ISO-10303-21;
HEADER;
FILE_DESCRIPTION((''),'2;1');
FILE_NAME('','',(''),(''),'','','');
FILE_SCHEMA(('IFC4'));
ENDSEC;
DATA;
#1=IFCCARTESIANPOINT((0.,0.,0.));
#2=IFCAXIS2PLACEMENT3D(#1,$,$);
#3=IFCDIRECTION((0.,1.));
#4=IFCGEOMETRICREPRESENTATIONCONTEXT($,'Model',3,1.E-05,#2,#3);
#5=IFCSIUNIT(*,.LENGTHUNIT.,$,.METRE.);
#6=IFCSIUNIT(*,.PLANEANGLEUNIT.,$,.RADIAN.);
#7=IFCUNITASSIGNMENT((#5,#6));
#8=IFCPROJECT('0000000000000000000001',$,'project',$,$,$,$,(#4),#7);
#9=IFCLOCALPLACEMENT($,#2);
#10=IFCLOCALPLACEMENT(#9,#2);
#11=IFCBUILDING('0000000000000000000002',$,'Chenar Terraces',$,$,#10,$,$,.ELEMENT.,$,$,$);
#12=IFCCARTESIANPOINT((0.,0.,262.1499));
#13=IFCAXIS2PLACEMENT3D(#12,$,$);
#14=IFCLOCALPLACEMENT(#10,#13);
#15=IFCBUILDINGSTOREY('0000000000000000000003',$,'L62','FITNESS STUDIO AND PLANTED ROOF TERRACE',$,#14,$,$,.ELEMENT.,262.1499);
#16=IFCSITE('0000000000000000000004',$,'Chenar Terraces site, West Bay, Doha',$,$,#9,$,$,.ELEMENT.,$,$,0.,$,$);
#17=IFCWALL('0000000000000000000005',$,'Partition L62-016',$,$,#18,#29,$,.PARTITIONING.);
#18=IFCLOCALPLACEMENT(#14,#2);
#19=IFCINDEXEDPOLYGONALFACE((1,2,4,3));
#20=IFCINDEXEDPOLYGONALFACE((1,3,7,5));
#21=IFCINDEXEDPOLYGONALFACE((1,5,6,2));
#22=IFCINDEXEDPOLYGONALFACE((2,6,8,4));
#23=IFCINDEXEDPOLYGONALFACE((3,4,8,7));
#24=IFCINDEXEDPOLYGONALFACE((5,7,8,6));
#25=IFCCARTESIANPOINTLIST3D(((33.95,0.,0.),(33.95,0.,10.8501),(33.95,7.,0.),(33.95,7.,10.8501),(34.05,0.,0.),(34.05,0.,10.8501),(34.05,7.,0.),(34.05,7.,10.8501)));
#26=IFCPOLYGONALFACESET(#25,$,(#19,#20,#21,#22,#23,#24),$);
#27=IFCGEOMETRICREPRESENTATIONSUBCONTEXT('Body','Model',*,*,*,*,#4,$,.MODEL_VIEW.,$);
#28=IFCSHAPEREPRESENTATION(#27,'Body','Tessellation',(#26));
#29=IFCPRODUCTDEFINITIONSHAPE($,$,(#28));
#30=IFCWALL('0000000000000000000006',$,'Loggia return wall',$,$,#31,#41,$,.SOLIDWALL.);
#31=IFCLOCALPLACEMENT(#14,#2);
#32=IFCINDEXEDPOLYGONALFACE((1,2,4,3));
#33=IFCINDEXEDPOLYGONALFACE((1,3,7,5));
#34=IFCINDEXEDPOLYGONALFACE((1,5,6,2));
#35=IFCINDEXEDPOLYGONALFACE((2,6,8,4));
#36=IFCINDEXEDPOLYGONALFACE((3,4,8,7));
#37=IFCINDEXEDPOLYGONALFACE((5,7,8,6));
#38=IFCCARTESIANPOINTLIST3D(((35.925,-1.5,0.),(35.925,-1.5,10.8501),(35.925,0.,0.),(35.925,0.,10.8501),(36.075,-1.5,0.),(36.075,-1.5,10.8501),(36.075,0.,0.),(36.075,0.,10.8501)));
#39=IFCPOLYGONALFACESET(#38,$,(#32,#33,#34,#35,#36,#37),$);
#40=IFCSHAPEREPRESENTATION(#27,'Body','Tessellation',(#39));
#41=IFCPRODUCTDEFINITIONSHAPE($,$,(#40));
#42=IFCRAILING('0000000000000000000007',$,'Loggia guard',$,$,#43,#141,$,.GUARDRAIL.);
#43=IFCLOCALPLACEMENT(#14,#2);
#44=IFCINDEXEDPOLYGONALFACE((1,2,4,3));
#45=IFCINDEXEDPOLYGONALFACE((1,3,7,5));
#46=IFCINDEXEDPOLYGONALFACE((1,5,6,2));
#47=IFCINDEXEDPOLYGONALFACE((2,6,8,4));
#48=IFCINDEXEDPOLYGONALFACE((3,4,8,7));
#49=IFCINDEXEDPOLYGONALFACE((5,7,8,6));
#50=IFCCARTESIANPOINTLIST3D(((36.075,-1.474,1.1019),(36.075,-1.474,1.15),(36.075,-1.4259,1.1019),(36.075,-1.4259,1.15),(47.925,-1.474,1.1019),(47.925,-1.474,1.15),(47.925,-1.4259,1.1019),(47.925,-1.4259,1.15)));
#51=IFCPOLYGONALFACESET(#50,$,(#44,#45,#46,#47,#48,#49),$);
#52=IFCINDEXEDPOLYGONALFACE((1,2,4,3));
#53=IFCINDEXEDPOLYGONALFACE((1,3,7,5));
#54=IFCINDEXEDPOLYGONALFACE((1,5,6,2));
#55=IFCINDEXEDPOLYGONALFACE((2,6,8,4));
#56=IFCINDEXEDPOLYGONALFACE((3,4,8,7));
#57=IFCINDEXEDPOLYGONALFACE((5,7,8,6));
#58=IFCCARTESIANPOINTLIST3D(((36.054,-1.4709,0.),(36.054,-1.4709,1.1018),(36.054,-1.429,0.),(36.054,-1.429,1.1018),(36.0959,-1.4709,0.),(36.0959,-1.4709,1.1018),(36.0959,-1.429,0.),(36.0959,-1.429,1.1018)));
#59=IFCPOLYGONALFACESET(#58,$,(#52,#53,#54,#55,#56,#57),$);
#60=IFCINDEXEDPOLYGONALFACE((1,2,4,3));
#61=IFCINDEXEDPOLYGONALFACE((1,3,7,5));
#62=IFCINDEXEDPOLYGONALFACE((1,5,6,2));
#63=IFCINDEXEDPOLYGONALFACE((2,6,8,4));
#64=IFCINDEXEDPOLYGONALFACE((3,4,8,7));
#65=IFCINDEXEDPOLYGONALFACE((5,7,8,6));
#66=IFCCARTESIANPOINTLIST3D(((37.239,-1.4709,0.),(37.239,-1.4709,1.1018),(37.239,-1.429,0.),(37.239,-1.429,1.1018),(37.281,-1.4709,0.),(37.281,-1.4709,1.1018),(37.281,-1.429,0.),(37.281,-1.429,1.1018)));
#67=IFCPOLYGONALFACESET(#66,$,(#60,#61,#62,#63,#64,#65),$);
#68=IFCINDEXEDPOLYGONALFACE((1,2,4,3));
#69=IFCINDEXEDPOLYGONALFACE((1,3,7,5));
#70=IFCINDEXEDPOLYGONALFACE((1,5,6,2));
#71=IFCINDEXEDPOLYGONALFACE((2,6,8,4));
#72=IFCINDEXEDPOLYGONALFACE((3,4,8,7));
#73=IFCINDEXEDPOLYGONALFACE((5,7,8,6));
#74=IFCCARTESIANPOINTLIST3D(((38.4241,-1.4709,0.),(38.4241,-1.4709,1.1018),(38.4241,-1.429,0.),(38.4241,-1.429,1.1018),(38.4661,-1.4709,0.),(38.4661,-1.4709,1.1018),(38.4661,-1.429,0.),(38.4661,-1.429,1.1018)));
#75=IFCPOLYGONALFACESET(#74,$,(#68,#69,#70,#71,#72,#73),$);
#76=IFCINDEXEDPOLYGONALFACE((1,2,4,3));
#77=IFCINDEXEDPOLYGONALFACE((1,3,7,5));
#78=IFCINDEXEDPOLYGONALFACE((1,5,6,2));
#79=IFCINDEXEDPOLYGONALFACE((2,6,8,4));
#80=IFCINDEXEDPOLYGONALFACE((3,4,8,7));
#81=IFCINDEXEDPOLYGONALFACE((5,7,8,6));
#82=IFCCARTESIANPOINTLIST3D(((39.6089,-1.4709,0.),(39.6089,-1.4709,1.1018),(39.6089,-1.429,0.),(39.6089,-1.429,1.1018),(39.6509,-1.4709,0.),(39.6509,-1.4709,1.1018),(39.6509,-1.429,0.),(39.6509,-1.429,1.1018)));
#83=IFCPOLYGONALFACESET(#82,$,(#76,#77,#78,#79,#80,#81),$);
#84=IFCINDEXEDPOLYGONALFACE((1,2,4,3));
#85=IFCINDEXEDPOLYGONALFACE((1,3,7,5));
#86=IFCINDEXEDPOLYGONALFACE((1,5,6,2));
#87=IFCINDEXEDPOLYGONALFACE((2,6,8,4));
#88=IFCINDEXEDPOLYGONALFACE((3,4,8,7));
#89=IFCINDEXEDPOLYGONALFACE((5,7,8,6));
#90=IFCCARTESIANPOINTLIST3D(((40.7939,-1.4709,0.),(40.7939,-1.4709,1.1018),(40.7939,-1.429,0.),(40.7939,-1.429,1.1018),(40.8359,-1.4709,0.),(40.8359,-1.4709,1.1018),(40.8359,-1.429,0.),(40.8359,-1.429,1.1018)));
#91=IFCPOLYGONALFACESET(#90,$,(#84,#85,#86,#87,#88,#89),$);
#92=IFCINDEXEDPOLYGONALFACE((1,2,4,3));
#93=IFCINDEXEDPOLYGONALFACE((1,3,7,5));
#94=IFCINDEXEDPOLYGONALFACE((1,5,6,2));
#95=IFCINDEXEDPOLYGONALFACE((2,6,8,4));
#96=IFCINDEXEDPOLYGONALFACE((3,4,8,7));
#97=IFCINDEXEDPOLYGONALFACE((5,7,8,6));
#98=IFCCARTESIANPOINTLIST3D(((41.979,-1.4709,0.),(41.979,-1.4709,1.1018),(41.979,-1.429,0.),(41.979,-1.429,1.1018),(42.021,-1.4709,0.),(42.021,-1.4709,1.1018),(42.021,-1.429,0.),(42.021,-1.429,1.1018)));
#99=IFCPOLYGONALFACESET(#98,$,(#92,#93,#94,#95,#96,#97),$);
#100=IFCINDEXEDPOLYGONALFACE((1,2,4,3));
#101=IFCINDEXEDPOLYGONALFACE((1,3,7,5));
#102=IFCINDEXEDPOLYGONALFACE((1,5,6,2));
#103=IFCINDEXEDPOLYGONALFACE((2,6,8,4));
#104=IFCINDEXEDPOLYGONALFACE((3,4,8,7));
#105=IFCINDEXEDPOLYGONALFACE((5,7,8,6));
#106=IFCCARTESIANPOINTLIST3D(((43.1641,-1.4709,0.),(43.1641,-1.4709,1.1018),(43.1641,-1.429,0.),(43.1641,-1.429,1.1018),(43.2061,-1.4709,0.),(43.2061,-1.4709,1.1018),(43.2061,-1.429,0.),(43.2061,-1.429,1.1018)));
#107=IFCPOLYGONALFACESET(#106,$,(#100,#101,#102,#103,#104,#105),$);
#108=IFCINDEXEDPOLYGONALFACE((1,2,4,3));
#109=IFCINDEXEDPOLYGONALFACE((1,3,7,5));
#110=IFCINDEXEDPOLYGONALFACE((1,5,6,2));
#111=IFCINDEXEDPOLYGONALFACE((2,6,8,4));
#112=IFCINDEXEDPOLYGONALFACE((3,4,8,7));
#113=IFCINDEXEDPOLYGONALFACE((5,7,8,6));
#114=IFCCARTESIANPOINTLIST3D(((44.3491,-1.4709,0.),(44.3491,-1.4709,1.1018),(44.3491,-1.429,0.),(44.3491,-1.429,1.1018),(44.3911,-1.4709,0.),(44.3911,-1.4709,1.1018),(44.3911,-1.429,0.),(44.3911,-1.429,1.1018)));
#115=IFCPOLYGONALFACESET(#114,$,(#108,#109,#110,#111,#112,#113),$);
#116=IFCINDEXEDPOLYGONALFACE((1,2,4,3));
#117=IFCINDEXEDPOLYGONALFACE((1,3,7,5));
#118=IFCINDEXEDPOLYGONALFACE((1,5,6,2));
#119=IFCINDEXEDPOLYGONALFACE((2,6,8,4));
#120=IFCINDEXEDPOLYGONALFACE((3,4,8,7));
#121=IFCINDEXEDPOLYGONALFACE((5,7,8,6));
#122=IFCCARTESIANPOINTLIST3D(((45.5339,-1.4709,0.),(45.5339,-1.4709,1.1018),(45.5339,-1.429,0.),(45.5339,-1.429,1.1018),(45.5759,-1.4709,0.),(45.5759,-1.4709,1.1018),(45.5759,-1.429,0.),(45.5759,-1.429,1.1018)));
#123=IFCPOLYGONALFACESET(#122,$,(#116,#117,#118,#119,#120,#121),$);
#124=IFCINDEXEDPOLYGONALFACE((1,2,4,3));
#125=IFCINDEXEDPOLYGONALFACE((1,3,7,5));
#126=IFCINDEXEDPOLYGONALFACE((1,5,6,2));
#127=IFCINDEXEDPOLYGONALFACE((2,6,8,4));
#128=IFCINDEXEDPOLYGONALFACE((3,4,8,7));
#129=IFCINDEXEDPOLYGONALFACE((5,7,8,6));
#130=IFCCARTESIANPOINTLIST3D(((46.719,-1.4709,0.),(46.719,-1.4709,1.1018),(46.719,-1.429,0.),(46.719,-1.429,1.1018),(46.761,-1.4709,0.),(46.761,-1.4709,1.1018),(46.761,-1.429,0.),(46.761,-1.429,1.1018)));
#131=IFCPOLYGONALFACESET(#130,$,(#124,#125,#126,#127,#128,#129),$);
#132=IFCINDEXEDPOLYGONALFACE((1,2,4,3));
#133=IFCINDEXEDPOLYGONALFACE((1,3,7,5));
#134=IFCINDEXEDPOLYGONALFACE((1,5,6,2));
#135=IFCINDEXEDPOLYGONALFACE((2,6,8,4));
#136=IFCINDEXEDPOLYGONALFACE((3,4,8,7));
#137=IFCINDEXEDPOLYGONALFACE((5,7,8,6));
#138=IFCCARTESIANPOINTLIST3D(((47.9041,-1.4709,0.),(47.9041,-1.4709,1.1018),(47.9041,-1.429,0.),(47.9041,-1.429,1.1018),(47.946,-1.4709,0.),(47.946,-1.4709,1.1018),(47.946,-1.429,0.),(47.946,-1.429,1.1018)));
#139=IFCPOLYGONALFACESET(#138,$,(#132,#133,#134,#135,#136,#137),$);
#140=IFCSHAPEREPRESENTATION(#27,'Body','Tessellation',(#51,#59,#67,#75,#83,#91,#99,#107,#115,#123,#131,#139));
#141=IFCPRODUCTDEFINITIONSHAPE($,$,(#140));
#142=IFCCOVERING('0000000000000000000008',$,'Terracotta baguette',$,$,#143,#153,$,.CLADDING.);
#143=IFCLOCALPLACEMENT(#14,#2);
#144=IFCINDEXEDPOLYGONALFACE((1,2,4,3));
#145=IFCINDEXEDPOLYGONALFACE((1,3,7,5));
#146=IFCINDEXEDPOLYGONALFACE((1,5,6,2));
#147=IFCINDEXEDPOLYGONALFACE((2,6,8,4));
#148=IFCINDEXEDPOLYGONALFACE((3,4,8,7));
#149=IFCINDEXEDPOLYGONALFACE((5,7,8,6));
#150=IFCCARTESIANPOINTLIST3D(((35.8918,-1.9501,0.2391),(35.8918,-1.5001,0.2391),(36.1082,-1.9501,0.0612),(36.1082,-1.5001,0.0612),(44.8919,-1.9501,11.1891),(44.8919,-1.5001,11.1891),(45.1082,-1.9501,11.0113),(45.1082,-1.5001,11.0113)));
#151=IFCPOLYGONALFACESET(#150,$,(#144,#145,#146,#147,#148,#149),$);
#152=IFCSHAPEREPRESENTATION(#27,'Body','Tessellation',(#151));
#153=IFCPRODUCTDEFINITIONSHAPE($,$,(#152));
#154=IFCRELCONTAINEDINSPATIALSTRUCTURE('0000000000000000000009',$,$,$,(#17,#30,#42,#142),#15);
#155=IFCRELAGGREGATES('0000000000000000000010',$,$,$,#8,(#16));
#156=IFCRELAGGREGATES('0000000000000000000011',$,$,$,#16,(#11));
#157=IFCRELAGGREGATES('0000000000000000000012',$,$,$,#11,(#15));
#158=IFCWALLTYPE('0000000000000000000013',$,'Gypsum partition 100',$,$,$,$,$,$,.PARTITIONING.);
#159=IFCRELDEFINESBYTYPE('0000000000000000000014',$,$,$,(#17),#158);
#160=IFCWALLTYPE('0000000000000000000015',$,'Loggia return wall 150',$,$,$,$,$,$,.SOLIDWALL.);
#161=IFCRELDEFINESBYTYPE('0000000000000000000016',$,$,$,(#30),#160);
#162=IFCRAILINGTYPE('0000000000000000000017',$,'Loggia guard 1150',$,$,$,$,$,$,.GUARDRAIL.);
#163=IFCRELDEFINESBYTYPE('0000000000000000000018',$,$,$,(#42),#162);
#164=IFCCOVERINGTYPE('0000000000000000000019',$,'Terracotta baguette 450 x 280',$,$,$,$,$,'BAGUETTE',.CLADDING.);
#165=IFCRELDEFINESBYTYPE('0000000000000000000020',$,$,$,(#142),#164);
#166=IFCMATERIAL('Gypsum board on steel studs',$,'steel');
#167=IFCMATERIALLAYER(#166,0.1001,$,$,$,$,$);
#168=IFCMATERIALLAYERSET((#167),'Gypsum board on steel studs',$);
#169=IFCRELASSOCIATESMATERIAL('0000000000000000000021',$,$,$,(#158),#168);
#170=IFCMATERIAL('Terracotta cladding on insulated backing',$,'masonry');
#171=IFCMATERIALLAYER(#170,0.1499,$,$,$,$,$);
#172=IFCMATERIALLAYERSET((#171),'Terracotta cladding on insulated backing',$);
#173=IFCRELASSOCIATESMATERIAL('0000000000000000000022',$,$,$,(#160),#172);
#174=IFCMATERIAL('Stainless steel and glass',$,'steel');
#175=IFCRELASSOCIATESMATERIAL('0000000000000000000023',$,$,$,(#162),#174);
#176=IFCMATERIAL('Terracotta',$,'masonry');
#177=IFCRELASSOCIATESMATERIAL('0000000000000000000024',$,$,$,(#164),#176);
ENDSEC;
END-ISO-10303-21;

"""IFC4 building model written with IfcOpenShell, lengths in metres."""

from ifc_helpers import new_model, si_unit, direction, frame, frame_2d, origin, origin_2d, place, context, subcontext, project, spatial, rectangle, extrude, material, layer, layer_set, material_profile, profile_set, type_object, element, save


model = new_model("IFC4")

# Units and contexts
model_context = context("Model", 3, precision=1e-05, world=origin(), true_north=direction((0.0, 1.0)))
body_context = subcontext(model_context, "Body", "Model", "MODEL_VIEW")
ifc_project = project(units=[si_unit("LENGTHUNIT", "METRE"), si_unit("PLANEANGLEUNIT", "RADIAN")], contexts=[model_context])

# Site, building, storey
site_placement = place(None, origin())
site = spatial("IfcSite", under=ifc_project, at=site_placement, Name="Chenar Terraces site, West Bay, Doha", CompositionType="ELEMENT", RefElevation=0.0)
building_placement = place(site_placement, origin())
building = spatial("IfcBuilding", under=site, at=building_placement, Name="Chenar Terraces", CompositionType="ELEMENT")
storey_placement = place(building_placement, frame((0.0, 0.0, 262.1499)))
storey = spatial("IfcBuildingStorey", under=building, at=storey_placement, Name="L62", Description="FITNESS STUDIO AND PLANTED ROOF TERRACE", CompositionType="ELEMENT", Elevation=262.1499)

# Walls
ifc_material_1 = material(Name="Gypsum board on steel studs", Category="steel")
ifc_layer_1 = layer(ifc_material_1, 0.1001)
ifc_layer_set_1 = layer_set([ifc_layer_1], Name="Gypsum board on steel studs")
wall_type_1 = type_object("IfcWallType", Name="Gypsum partition 100", PredefinedType="PARTITIONING", material=ifc_layer_set_1)
wall_1_placement = place(storey_placement, frame((34.0, 0.0, 0.0), z_axis=(0.0, 0.0, 1.0), x_axis=(0.0, 1.0, 0.0)))
element("IfcWall", 1, at=wall_1_placement, inside=storey, type_object=wall_type_1, Name="Partition L62-016", PredefinedType="PARTITIONING", context=body_context, shape_type="SweptSolid", body=[
    extrude(rectangle(XDim=7.0, YDim=0.1001, at=frame_2d((3.5, 0.0))), origin(), (0.0, 0.0, 1.0), 10.8501),
])
ifc_material_2 = material(Name="Terracotta cladding on insulated backing", Category="masonry")
ifc_layer_2 = layer(ifc_material_2, 0.1499)
ifc_layer_set_2 = layer_set([ifc_layer_2], Name="Terracotta cladding on insulated backing")
wall_type_2 = type_object("IfcWallType", Name="Loggia return wall 150", PredefinedType="SOLIDWALL", material=ifc_layer_set_2)
wall_2_placement = place(storey_placement, frame((36.0, -1.5, 0.0), z_axis=(0.0, 0.0, 1.0), x_axis=(0.0, 1.0, 0.0)))
element("IfcWall", 2, at=wall_2_placement, inside=storey, type_object=wall_type_2, Name="Loggia return wall", PredefinedType="SOLIDWALL", context=body_context, shape_type="SweptSolid", body=[
    extrude(rectangle(XDim=1.5, YDim=0.1499, at=frame_2d((0.75, 0.0))), origin(), (0.0, 0.0, 1.0), 10.8501),
])

# Railing
ifc_material_3 = material(Name="Stainless steel and glass", Category="steel")
railing_type = type_object("IfcRailingType", Name="Loggia guard 1150", PredefinedType="GUARDRAIL", material=ifc_material_3)
railing_placement = place(storey_placement, frame((36.075, -1.45, 0.0)))
element("IfcRailing", 3, at=railing_placement, inside=storey, type_object=railing_type, Name="Loggia guard", PredefinedType="GUARDRAIL", context=body_context, shape_type="SweptSolid", body=[
    extrude(rectangle(XDim=0.0481, YDim=0.0481, at=origin_2d()), frame((0.0, 0.0, 1.126), z_axis=(1.0, 0.0, 0.0), x_axis=(0.0, 1.0, 0.0)), (0.0, 0.0, 1.0), 11.8501),
    extrude(rectangle(XDim=0.042, YDim=0.042, at=origin_2d()), origin(), (0.0, 0.0, 1.0), 1.1018),
    extrude(rectangle(XDim=0.042, YDim=0.042, at=origin_2d()), frame((1.1851, 0.0, 0.0)), (0.0, 0.0, 1.0), 1.1018),
    extrude(rectangle(XDim=0.042, YDim=0.042, at=origin_2d()), frame((2.3701, 0.0, 0.0)), (0.0, 0.0, 1.0), 1.1018),
    extrude(rectangle(XDim=0.042, YDim=0.042, at=origin_2d()), frame((3.5549, 0.0, 0.0)), (0.0, 0.0, 1.0), 1.1018),
    extrude(rectangle(XDim=0.042, YDim=0.042, at=origin_2d()), frame((4.74, 0.0, 0.0)), (0.0, 0.0, 1.0), 1.1018),
    extrude(rectangle(XDim=0.042, YDim=0.042, at=origin_2d()), frame((5.925, 0.0, 0.0)), (0.0, 0.0, 1.0), 1.1018),
    extrude(rectangle(XDim=0.042, YDim=0.042, at=origin_2d()), frame((7.1101, 0.0, 0.0)), (0.0, 0.0, 1.0), 1.1018),
    extrude(rectangle(XDim=0.042, YDim=0.042, at=origin_2d()), frame((8.2952, 0.0, 0.0)), (0.0, 0.0, 1.0), 1.1018),
    extrude(rectangle(XDim=0.042, YDim=0.042, at=origin_2d()), frame((9.48, 0.0, 0.0)), (0.0, 0.0, 1.0), 1.1018),
    extrude(rectangle(XDim=0.042, YDim=0.042, at=origin_2d()), frame((10.665, 0.0, 0.0)), (0.0, 0.0, 1.0), 1.1018),
    extrude(rectangle(XDim=0.042, YDim=0.042, at=origin_2d()), frame((11.8501, 0.0, 0.0)), (0.0, 0.0, 1.0), 1.1018),
])

# Covering
ifc_material_4 = material(Name="Terracotta", Category="masonry")
ifc_material_profile_1 = material_profile(ifc_material_4, rectangle(XDim=0.45, YDim=0.28, at=origin_2d()), Name="Terracotta baguette 450 x 280")
ifc_profile_set_1 = profile_set([ifc_material_profile_1], Name="Terracotta")
covering_type = type_object("IfcCoveringType", Name="Terracotta baguette 450 x 280", ElementType="BAGUETTE", PredefinedType="CLADDING", material=ifc_profile_set_1)
covering_placement = place(storey_placement, frame((36.0, -1.7251, 0.1501), z_axis=(0.634967, 0.0, 0.772539), x_axis=(0.0, 1.0, 0.0)))
element("IfcCovering", 4, at=covering_placement, inside=storey, type_object=covering_type, Name="Terracotta baguette", PredefinedType="CLADDING", context=body_context, shape_type="SweptSolid", body=[
    extrude(rectangle(XDim=0.45, YDim=0.28, at=origin_2d()), origin(), (0.0, 0.0, 1.0), 14.1741),
])

save(model, "model.ifc")
